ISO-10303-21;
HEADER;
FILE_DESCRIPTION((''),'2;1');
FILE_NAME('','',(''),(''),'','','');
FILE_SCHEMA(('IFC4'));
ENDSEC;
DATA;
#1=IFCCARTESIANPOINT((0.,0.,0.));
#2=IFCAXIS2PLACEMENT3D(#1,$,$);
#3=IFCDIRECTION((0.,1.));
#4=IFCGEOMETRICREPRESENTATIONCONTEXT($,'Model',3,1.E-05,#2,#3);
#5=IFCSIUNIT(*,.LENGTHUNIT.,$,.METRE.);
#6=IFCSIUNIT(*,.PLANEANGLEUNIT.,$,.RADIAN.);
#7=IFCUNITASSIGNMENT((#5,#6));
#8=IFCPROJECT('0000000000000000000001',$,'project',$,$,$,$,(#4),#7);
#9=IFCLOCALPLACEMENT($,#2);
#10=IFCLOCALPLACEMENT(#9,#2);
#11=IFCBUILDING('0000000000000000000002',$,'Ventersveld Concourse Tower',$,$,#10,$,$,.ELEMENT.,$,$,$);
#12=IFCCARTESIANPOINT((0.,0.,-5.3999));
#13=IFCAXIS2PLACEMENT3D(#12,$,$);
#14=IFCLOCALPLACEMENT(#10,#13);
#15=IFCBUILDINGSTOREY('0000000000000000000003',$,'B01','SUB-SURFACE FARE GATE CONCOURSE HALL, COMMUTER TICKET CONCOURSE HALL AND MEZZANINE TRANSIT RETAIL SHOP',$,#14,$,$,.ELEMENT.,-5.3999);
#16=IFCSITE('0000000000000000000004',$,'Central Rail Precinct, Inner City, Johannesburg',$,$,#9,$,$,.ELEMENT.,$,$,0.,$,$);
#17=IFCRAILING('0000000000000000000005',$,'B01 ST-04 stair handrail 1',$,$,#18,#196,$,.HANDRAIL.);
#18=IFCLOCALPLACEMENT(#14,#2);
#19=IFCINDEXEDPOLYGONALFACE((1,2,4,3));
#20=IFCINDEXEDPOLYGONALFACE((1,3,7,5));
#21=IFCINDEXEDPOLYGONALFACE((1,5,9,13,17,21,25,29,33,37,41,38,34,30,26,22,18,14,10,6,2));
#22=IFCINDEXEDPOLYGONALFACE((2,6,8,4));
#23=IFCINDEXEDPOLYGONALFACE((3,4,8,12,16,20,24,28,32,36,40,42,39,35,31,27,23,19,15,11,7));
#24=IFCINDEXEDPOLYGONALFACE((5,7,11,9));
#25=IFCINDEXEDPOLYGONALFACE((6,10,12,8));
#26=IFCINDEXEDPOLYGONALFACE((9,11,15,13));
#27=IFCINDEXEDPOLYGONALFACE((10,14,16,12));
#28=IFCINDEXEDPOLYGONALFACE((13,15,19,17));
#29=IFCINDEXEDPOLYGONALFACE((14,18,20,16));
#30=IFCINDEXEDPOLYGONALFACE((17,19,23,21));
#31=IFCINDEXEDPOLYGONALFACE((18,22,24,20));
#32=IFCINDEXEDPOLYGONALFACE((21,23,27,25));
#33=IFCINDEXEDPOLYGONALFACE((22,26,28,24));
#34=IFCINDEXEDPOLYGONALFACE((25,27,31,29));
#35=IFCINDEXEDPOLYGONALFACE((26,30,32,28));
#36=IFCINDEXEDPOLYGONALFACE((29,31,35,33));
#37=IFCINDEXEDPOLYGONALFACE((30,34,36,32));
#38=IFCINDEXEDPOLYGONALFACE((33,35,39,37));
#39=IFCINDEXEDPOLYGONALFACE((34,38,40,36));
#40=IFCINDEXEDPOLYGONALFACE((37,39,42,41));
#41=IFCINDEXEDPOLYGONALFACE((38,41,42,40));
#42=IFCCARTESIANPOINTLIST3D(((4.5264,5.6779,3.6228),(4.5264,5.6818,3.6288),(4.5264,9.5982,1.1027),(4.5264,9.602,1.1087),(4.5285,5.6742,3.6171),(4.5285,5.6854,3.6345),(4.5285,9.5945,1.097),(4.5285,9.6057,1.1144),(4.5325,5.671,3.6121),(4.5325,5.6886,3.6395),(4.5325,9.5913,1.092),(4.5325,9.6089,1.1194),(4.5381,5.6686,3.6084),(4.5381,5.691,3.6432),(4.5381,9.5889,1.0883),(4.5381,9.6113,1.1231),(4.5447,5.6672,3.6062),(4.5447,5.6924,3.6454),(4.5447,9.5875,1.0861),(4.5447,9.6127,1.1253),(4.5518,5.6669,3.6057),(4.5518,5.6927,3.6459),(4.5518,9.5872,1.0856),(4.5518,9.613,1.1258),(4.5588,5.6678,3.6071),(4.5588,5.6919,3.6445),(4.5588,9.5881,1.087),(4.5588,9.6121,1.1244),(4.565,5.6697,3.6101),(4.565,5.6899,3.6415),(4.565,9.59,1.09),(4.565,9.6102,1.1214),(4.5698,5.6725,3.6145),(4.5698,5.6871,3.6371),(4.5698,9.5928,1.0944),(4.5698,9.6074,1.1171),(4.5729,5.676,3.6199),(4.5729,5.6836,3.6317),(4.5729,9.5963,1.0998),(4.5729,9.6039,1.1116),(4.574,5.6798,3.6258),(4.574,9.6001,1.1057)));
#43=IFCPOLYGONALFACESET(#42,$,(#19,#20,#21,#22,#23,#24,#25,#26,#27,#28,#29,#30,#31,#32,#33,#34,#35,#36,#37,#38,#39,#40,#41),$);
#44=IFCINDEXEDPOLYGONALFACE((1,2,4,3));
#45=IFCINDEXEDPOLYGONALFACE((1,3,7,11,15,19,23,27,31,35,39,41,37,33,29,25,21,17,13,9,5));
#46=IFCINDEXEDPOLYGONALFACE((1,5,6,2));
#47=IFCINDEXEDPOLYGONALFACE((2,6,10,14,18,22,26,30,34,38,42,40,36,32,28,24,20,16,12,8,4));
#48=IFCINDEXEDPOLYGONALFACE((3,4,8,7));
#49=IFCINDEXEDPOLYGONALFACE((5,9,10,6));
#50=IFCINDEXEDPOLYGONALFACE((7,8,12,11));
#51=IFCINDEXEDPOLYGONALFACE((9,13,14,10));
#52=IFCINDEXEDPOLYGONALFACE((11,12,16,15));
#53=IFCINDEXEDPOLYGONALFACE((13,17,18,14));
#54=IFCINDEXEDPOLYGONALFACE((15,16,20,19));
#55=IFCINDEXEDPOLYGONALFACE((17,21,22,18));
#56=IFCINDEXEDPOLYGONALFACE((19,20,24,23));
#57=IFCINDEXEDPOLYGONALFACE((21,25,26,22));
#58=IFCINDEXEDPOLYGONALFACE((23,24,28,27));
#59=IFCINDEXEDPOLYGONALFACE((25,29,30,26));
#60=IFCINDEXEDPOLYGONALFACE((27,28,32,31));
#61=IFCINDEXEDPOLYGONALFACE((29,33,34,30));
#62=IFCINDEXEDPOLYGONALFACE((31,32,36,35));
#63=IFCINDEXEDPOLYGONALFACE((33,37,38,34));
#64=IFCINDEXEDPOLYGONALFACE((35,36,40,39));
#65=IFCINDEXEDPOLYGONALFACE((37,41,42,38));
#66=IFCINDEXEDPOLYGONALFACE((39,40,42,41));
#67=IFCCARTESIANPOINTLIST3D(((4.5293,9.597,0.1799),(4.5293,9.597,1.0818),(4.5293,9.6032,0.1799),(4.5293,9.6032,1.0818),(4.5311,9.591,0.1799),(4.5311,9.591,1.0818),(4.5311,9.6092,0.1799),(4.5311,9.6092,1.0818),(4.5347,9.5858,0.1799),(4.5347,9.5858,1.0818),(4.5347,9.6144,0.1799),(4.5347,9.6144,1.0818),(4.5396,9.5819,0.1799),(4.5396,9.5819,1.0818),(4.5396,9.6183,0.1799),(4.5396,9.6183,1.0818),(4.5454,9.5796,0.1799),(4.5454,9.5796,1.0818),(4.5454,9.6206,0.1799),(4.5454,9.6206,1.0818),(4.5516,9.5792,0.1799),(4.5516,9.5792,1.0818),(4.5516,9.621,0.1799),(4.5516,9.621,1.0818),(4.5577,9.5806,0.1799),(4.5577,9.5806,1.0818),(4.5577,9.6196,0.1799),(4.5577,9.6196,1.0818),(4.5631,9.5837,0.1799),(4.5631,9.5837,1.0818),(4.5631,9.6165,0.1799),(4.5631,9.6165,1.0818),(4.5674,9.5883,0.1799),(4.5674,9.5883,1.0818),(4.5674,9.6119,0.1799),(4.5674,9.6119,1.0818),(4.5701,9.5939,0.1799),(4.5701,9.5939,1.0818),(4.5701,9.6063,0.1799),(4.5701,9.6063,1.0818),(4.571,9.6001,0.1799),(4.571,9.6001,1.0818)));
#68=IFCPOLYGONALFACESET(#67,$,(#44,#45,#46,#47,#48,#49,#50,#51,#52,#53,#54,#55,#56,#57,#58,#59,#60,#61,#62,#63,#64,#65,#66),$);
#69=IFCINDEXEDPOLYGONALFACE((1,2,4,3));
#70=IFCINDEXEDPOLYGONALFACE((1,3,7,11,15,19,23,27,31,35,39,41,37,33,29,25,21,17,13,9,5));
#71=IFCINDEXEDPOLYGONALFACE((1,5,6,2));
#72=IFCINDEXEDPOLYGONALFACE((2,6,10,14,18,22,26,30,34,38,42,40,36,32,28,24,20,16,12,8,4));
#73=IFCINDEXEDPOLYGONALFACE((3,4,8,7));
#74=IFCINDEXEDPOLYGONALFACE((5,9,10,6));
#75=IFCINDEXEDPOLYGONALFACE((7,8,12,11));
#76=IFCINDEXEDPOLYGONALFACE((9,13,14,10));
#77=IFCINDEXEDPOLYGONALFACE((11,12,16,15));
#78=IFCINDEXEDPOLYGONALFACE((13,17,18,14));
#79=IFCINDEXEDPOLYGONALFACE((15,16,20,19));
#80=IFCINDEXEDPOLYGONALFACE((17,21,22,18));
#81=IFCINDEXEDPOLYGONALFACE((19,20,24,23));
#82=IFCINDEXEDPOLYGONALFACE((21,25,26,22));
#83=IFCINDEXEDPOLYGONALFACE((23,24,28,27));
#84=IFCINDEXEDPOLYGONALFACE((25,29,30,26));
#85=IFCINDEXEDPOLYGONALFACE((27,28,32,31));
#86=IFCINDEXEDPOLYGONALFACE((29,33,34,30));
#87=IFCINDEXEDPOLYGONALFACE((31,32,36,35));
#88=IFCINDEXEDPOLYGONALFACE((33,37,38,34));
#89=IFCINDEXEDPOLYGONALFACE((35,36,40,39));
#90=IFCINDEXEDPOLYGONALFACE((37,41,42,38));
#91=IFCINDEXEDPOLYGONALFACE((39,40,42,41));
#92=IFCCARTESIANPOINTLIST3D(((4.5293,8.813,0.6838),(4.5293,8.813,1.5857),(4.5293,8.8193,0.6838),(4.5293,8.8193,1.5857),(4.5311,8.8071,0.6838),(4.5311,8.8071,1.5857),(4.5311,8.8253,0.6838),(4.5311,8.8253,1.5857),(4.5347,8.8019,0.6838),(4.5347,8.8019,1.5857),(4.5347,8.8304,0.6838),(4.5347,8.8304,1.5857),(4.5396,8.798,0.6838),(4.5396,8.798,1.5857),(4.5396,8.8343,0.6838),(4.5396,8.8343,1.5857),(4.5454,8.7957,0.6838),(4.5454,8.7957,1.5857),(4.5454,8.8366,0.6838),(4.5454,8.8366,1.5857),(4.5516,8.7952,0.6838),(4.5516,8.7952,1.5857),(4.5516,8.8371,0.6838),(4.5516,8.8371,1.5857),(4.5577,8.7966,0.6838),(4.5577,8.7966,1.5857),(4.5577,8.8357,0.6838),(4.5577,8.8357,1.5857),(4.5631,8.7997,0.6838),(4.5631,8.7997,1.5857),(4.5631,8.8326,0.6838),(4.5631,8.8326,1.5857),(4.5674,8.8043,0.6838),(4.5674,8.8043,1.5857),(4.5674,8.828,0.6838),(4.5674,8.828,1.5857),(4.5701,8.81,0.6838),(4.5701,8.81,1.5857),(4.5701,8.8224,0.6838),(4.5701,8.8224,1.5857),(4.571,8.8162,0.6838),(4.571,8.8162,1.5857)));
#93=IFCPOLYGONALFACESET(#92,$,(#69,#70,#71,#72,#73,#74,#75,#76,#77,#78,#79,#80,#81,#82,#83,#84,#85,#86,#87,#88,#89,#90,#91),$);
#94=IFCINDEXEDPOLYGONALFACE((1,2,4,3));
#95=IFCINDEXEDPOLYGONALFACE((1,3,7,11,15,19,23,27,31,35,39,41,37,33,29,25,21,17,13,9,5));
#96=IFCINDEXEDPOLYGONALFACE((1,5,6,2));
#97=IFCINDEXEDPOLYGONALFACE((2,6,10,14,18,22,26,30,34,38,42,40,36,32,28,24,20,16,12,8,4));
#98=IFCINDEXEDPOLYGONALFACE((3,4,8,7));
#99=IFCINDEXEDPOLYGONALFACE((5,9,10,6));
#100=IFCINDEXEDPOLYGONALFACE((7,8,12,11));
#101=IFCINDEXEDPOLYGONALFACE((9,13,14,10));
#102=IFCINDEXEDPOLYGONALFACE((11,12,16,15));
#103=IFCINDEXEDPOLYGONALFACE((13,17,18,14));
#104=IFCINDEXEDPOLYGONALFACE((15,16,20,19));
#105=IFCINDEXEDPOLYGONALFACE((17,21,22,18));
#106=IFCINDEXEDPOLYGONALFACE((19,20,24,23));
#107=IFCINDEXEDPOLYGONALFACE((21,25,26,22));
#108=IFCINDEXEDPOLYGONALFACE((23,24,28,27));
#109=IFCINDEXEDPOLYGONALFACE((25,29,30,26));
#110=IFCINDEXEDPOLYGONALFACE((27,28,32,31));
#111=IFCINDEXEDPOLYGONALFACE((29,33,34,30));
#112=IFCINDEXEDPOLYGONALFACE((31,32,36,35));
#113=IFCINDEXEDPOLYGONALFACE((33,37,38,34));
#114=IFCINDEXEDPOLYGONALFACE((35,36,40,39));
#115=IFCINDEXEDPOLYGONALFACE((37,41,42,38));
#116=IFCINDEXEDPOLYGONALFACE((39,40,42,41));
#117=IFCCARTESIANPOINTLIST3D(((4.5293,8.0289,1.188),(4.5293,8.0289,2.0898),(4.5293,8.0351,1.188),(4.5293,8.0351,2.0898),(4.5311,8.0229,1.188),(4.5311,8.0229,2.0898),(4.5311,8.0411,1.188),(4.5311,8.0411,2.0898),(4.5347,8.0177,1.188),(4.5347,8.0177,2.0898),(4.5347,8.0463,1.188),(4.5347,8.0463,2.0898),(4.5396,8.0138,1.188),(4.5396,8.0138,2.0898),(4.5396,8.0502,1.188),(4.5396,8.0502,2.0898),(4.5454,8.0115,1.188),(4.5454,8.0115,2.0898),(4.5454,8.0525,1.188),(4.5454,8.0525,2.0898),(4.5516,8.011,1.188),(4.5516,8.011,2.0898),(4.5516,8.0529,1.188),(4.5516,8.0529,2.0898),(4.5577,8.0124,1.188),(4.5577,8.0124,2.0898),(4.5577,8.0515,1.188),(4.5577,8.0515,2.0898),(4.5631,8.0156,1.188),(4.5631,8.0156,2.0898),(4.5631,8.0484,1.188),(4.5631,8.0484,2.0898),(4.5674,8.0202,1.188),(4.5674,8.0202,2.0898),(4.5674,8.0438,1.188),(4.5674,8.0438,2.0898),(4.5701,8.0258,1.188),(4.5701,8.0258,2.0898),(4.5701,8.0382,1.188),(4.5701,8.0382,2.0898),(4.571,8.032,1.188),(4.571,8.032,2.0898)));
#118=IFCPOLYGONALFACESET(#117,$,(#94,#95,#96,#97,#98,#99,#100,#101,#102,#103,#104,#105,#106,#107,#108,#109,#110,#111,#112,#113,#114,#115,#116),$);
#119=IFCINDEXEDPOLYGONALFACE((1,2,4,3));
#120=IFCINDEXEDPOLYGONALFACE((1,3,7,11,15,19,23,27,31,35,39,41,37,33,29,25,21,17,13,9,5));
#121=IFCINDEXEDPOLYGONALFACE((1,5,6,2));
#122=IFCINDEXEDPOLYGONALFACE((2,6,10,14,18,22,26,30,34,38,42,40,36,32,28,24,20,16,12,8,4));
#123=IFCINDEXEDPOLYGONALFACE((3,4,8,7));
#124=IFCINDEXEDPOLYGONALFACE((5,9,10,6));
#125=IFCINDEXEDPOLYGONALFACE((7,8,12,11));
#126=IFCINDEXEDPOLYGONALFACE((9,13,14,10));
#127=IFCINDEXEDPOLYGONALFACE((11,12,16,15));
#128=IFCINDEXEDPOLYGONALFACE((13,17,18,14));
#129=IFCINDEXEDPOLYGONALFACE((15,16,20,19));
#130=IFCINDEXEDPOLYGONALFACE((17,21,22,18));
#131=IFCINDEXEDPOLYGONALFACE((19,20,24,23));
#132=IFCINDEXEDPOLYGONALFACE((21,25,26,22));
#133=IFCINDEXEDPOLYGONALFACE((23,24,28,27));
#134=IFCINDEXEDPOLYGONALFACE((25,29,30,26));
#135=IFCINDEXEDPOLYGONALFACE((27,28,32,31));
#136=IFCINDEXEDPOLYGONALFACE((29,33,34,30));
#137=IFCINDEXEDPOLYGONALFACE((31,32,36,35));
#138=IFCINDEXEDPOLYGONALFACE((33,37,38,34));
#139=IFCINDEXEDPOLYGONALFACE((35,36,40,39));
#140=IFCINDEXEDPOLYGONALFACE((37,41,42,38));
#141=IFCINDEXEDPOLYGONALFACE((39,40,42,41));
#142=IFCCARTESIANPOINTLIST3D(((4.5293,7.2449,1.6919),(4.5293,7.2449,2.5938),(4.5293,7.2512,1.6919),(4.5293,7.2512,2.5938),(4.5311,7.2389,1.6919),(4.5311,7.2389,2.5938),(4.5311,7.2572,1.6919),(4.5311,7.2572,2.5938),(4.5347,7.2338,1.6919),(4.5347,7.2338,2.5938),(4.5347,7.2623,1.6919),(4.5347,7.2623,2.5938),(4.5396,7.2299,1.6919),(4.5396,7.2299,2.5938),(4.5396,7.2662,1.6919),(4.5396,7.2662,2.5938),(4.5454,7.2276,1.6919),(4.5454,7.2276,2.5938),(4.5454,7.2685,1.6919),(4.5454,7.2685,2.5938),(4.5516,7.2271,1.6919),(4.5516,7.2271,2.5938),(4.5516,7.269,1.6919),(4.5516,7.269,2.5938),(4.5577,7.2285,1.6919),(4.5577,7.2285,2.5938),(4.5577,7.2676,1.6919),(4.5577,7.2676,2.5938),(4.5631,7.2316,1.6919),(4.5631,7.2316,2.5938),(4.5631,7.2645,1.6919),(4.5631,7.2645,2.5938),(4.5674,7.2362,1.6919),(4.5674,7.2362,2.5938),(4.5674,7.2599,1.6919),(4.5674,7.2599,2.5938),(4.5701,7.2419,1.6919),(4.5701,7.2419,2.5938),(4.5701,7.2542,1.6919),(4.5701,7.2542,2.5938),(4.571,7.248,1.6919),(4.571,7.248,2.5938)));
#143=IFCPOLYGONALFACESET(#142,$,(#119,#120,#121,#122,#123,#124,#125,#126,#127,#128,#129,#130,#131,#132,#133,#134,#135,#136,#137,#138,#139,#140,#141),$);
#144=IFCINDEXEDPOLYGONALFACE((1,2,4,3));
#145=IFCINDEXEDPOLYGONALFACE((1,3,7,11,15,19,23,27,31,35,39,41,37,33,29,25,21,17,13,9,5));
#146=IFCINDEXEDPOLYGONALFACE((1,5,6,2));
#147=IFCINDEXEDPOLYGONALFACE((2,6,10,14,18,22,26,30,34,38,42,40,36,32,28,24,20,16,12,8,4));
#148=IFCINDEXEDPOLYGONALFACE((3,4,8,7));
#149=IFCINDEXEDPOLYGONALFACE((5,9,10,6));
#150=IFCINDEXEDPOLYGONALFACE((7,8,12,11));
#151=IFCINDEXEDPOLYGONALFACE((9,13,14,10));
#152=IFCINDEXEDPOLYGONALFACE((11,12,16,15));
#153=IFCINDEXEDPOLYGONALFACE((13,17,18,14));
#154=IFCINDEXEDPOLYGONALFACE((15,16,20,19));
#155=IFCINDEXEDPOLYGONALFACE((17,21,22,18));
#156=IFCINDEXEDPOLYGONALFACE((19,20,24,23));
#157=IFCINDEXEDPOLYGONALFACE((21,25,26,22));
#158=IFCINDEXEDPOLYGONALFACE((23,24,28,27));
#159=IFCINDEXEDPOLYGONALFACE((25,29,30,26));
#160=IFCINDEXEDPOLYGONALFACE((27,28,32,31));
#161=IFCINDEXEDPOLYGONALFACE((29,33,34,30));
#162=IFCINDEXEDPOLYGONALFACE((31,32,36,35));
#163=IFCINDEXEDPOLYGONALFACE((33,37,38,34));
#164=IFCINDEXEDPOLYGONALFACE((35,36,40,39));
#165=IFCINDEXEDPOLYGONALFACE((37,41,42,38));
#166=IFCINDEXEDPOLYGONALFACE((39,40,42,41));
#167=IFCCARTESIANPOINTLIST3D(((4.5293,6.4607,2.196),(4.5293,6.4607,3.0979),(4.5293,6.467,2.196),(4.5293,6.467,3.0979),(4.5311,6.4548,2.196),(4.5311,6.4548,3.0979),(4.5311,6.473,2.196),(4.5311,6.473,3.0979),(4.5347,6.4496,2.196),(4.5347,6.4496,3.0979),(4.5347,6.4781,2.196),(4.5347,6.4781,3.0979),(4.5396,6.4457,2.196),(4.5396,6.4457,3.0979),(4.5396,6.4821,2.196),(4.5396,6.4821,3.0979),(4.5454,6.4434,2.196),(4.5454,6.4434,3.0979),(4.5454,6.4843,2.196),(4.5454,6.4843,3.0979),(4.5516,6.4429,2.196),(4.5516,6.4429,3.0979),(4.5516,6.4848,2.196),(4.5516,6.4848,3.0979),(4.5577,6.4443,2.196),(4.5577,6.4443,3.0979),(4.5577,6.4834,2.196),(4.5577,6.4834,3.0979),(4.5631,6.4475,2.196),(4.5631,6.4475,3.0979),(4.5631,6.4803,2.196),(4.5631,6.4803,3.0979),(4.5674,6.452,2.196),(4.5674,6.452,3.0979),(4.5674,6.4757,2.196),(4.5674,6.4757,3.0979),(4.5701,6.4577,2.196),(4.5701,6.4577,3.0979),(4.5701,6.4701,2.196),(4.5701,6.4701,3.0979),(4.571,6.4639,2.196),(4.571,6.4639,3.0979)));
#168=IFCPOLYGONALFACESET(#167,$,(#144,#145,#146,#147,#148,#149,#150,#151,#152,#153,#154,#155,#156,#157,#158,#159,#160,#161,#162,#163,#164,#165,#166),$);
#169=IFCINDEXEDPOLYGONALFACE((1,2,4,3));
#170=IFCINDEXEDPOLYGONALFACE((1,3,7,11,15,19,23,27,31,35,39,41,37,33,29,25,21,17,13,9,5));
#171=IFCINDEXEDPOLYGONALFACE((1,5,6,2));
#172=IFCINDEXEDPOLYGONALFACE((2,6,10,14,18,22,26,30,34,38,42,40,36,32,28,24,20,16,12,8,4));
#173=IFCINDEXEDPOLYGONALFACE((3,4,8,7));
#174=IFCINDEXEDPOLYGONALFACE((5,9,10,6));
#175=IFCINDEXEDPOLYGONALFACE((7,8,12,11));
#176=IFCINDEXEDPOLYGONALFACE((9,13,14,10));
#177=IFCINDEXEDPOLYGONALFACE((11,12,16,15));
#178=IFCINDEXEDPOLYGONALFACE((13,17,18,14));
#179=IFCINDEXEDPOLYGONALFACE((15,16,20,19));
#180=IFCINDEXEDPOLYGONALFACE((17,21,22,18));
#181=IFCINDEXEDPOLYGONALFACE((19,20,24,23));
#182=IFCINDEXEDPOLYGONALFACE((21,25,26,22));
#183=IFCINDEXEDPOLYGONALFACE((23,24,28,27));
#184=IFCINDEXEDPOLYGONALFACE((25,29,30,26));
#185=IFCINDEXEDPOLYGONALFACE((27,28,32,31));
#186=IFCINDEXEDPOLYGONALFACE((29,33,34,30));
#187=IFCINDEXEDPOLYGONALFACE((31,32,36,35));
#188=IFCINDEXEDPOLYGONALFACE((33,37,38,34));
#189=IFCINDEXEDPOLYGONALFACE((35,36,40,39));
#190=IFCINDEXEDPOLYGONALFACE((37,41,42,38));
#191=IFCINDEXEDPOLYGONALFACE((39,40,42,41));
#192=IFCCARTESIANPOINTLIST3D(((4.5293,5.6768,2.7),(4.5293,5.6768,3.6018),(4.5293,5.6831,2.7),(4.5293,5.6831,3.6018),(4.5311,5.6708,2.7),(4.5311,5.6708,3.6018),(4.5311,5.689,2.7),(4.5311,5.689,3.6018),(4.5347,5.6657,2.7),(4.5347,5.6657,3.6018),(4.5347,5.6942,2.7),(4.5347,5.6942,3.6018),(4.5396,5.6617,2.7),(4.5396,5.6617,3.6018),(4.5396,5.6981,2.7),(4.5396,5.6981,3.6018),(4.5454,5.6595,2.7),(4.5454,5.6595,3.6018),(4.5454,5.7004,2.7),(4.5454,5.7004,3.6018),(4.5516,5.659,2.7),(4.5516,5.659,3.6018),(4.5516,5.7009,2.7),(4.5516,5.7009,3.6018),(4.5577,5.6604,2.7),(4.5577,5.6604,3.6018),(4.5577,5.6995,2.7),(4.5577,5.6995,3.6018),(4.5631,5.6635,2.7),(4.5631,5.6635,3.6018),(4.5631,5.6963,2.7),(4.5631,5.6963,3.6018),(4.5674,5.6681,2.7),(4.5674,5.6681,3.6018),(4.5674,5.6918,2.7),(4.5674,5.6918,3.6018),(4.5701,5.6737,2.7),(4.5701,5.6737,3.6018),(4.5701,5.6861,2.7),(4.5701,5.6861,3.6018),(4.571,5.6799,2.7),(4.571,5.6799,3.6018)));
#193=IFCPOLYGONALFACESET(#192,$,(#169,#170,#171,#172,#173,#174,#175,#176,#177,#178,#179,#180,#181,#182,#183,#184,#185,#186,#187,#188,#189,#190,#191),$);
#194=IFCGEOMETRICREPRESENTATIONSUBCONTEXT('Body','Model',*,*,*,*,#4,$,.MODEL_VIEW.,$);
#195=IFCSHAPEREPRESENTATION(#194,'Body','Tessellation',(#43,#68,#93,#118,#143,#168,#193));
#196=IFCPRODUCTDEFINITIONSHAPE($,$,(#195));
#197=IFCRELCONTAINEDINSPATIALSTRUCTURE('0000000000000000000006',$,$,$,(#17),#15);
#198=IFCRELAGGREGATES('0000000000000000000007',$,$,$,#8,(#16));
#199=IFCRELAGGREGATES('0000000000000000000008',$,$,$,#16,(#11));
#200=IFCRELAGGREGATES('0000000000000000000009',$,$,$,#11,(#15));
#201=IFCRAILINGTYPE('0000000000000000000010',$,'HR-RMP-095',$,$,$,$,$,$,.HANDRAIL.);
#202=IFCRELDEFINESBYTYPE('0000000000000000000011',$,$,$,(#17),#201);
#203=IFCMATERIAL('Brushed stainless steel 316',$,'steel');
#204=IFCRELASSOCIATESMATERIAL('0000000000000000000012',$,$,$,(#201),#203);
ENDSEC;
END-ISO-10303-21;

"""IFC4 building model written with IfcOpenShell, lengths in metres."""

from ifc_helpers import new_model, si_unit, direction, frame, origin, origin_2d, place, context, subcontext, project, spatial, circle, extrude, material, type_object, element, save


model = new_model("IFC4")

# Units and contexts
model_context = context("Model", 3, precision=1e-05, world=origin(), true_north=direction((0.0, 1.0)))
body_context = subcontext(model_context, "Body", "Model", "MODEL_VIEW")
ifc_project = project(units=[si_unit("LENGTHUNIT", "METRE"), si_unit("PLANEANGLEUNIT", "RADIAN")], contexts=[model_context])

# Site, building, storey
site_placement = place(None, origin())
site = spatial("IfcSite", under=ifc_project, at=site_placement, Name="Central Rail Precinct, Inner City, Johannesburg", CompositionType="ELEMENT", RefElevation=0.0)
building_placement = place(site_placement, origin())
building = spatial("IfcBuilding", under=site, at=building_placement, Name="Ventersveld Concourse Tower", CompositionType="ELEMENT")
storey_placement = place(building_placement, frame((0.0, 0.0, -5.3999)))
storey = spatial("IfcBuildingStorey", under=building, at=storey_placement, Name="B01", Description="SUB-SURFACE FARE GATE CONCOURSE HALL, COMMUTER TICKET CONCOURSE HALL AND MEZZANINE TRANSIT RETAIL SHOP", CompositionType="ELEMENT", Elevation=-5.3999)

# Shared definitions
ifc_material_1 = material(Name="Brushed stainless steel 316", Category="steel")

# Railing
railing_type_1 = type_object("IfcRailingType", Name="HR-RMP-095", PredefinedType="HANDRAIL", material=ifc_material_1)
railing_1_placement = place(storey_placement, frame((4.55, 9.6001, 0.1799)))
element("IfcRailing", 1, at=railing_1_placement, inside=storey, type_object=railing_type_1, Name="B01 ST-04 stair handrail 1", PredefinedType="HANDRAIL", context=body_context, shape_type="SweptSolid", body=[
    extrude(circle(Radius=0.0239, at=origin_2d()), frame((0.0, 0.0, 0.9258), z_axis=(0.0, -0.841187, 0.540744), x_axis=(1.0, 0.0, 0.0)), (0.0, 0.0, 1.0), 4.6604),
    extrude(circle(Radius=0.021, at=origin_2d()), origin(), (0.0, 0.0, 1.0), 0.9019),
    extrude(circle(Radius=0.021, at=origin_2d()), frame((0.0, -0.7839, 0.5039)), (0.0, 0.0, 1.0), 0.9019),
    extrude(circle(Radius=0.021, at=origin_2d()), frame((0.0, -1.5681, 1.0081)), (0.0, 0.0, 1.0), 0.9019),
    extrude(circle(Radius=0.021, at=origin_2d()), frame((0.0, -2.3521, 1.512)), (0.0, 0.0, 1.0), 0.9019),
    extrude(circle(Radius=0.021, at=origin_2d()), frame((0.0, -3.1362, 2.0161)), (0.0, 0.0, 1.0), 0.9019),
    extrude(circle(Radius=0.021, at=origin_2d()), frame((0.0, -3.9202, 2.52)), (0.0, 0.0, 1.0), 0.9019),
])

save(model, "model.ifc")
